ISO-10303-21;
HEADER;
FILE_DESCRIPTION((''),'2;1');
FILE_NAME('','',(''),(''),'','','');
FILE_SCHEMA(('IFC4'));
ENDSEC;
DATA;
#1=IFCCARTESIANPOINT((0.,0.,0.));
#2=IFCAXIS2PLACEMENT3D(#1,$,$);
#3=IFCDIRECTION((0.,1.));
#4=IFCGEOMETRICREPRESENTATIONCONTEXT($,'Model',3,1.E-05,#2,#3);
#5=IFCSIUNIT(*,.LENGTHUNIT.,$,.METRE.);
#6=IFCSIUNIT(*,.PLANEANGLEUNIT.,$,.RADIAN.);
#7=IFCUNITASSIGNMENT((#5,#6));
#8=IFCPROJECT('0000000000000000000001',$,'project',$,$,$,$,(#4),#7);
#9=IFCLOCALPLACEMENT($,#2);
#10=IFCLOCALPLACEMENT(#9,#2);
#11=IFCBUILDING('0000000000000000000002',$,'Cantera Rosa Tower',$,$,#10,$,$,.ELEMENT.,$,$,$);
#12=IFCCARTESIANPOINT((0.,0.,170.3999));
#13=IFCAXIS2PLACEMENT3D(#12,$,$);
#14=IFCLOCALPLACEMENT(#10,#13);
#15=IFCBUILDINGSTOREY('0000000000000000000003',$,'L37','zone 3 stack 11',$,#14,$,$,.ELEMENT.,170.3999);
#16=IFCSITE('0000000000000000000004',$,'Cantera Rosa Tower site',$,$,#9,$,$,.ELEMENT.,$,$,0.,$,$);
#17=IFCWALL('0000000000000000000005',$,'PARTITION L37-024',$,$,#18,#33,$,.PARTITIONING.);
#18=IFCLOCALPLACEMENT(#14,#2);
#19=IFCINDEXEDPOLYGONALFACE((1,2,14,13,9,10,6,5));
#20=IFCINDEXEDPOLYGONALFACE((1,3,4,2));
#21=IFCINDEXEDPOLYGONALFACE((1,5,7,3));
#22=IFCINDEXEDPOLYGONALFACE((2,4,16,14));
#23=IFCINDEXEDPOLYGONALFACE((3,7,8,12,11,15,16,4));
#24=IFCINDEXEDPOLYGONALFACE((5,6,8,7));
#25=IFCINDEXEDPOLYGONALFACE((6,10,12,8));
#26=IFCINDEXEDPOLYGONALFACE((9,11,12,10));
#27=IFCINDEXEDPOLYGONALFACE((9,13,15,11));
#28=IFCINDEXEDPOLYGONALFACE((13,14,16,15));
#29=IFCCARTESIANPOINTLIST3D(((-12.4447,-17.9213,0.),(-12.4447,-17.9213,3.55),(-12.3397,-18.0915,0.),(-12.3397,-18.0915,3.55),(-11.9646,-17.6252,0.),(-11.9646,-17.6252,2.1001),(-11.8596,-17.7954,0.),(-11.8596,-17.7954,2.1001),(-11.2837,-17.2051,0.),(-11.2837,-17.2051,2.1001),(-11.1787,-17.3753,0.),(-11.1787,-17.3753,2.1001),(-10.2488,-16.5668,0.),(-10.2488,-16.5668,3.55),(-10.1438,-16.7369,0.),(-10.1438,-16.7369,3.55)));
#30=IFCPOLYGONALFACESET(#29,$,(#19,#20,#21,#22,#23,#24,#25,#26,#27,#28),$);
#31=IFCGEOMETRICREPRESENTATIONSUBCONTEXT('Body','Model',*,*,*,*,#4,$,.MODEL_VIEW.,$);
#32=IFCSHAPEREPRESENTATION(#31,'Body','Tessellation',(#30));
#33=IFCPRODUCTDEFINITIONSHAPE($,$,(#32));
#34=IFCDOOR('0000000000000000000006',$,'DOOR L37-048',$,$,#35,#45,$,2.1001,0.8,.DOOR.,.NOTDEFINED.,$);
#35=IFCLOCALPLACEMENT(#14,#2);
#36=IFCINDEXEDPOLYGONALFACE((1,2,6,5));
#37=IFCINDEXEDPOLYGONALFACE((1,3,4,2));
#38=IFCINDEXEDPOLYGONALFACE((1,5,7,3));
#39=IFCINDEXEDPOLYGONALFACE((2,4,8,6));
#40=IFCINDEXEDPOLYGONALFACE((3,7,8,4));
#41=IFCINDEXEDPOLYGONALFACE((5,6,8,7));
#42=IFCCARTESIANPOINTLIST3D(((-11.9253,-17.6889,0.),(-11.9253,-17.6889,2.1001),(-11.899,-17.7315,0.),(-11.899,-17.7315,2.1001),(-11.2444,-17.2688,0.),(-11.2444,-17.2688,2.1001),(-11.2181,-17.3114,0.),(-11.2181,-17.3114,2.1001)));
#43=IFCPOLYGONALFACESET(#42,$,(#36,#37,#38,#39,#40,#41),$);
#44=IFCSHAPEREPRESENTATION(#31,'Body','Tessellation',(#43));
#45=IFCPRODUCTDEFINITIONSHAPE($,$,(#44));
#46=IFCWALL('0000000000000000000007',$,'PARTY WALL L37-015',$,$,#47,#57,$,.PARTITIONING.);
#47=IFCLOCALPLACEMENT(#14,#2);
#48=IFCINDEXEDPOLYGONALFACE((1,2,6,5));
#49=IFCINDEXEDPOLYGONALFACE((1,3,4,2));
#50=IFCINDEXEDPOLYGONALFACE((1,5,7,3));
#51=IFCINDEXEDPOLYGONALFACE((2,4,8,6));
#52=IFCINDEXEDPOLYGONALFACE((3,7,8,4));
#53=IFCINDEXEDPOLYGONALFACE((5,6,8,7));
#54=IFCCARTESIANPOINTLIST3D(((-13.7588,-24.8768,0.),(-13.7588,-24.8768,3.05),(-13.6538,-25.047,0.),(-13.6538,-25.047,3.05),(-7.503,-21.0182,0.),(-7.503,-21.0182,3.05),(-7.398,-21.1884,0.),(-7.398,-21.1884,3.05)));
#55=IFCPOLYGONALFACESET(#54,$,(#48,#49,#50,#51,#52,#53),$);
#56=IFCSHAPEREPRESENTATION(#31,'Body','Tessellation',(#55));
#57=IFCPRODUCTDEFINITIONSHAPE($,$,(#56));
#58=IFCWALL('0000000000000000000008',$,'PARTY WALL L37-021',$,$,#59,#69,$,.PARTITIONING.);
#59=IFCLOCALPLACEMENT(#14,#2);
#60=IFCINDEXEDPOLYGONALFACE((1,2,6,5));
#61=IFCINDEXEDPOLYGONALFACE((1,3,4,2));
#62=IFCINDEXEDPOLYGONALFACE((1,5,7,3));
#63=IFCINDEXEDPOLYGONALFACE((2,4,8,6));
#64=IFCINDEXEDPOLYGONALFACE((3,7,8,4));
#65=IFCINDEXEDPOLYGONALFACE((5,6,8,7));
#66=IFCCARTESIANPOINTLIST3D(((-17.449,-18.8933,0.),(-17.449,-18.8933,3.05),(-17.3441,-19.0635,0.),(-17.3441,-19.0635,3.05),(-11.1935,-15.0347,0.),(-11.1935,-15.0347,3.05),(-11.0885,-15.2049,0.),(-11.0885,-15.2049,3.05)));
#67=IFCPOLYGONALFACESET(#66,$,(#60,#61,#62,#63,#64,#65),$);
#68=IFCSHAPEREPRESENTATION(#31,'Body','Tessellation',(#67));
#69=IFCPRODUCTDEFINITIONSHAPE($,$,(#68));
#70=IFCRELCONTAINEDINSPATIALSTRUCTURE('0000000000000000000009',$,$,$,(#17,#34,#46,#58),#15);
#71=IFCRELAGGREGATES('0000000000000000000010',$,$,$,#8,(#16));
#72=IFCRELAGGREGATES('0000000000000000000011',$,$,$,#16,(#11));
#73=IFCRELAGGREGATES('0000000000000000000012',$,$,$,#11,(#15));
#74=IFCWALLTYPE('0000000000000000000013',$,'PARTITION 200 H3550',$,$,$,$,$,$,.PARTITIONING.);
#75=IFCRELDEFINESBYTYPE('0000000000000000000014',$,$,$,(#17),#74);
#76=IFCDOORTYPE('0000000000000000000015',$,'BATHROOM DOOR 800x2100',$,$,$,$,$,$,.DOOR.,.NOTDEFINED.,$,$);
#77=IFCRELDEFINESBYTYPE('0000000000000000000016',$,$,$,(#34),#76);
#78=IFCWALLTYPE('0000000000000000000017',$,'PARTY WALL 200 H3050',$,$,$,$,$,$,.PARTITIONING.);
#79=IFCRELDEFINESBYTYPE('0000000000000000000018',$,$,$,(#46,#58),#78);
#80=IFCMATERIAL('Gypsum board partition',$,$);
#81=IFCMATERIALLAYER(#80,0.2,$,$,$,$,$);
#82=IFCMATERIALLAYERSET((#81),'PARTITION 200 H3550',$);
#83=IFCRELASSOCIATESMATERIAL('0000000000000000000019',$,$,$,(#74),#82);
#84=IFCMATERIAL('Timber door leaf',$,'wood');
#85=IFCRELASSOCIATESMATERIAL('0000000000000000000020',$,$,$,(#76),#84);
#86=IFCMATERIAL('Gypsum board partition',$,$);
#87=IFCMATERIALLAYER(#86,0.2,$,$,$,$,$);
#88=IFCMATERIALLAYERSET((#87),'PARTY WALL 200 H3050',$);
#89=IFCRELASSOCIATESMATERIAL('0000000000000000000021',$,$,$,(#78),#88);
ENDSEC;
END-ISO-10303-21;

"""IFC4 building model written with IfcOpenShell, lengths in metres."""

from ifc_helpers import new_model, si_unit, direction, frame, frame_2d, origin, place, context, subcontext, project, spatial, rectangle, extrude, material, layer, layer_set, type_object, element, fill, save


model = new_model("IFC4")

# Units and contexts
model_context = context("Model", 3, precision=1e-05, world=origin(), true_north=direction((0.0, 1.0)))
body_context = subcontext(model_context, "Body", "Model", "MODEL_VIEW")
ifc_project = project(units=[si_unit("LENGTHUNIT", "METRE"), si_unit("PLANEANGLEUNIT", "RADIAN")], contexts=[model_context])

# Site, building, storey
site_placement = place(None, origin())
site = spatial("IfcSite", under=ifc_project, at=site_placement, Name="Cantera Rosa Tower site", CompositionType="ELEMENT", RefElevation=0.0)
building_placement = place(site_placement, origin())
building = spatial("IfcBuilding", under=site, at=building_placement, Name="Cantera Rosa Tower", CompositionType="ELEMENT")
storey_placement = place(building_placement, frame((0.0, 0.0, 170.3999)))
storey = spatial("IfcBuildingStorey", under=building, at=storey_placement, Name="L37", Description="zone 3 stack 11", CompositionType="ELEMENT", Elevation=170.3999)

# Shared definitions
ifc_material_1 = material(Name="Gypsum board partition")
ifc_layer_1 = layer(ifc_material_1, 0.2)
ifc_layer_set_1 = layer_set([ifc_layer_1], Name="PARTITION 200 H3550")
wall_type_1 = type_object("IfcWallType", Name="PARTITION 200 H3550", PredefinedType="PARTITIONING", material=ifc_layer_set_1)

# Wall, opening, door
wall_1_placement = place(storey_placement, frame((-10.1963, -16.6519, 0.0), z_axis=(0.0, 0.0, 1.0), x_axis=(-0.851099, -0.525005, 0.0)))
wall_1 = element("IfcWall", 1, at=wall_1_placement, inside=storey, type_object=wall_type_1, Name="PARTITION L37-024", PredefinedType="PARTITIONING", context=body_context, shape_type="SweptSolid", body=[
    extrude(rectangle(XDim=2.5801, YDim=0.2, at=frame_2d((1.29, 0.0))), origin(), (0.0, 0.0, 1.0), 3.55),
])
opening_1_placement = place(wall_1_placement, frame((1.2161, 0.0, 0.0)))
opening_1 = element("IfcOpeningElement", 2, at=opening_1_placement, cuts=wall_1, PredefinedType="OPENING", context=body_context, shape_type="SweptSolid", body=[
    extrude(rectangle(XDim=0.8, YDim=2.1001, at=frame_2d((0.3999, 1.05))), frame((0.0, 0.1099, 0.0), z_axis=(0.0, -1.0, 0.0), x_axis=(1.0, 0.0, 0.0)), (0.0, 0.0, 1.0), 0.22),
])
ifc_material_2 = material(Name="Timber door leaf", Category="wood")
door_type_1 = type_object("IfcDoorType", Name="BATHROOM DOOR 800x2100", OperationType="NOTDEFINED", PredefinedType="DOOR", material=ifc_material_2)
door_1_placement = place(opening_1_placement, origin())
door_1 = element("IfcDoor", 3, at=door_1_placement, inside=storey, type_object=door_type_1, Name="DOOR L37-048", OperationType="NOTDEFINED", OverallHeight=2.1001, OverallWidth=0.8, PredefinedType="DOOR", context=body_context, shape_type="SweptSolid", body=[
    extrude(rectangle(XDim=0.8, YDim=2.1001, at=frame_2d((0.3999, 1.05))), frame((0.0, 0.0249, 0.0), z_axis=(0.0, -1.0, 0.0), x_axis=(1.0, 0.0, 0.0)), (0.0, 0.0, 1.0), 0.05),
])
fill(opening_1, door_1)

# Walls
ifc_material_3 = material(Name="Gypsum board partition")
ifc_layer_2 = layer(ifc_material_3, 0.2)
ifc_layer_set_2 = layer_set([ifc_layer_2], Name="PARTY WALL 200 H3050")
wall_type_2 = type_object("IfcWallType", Name="PARTY WALL 200 H3050", PredefinedType="PARTITIONING", material=ifc_layer_set_2)
wall_2_placement = place(storey_placement, frame((-13.7063, -24.9619, 0.0), z_axis=(0.0, 0.0, 1.0), x_axis=(0.851118, 0.524974, 0.0)))
element("IfcWall", 4, at=wall_2_placement, inside=storey, type_object=wall_type_2, Name="PARTY WALL L37-015", PredefinedType="PARTITIONING", context=body_context, shape_type="SweptSolid", body=[
    extrude(rectangle(XDim=7.3501, YDim=0.2, at=frame_2d((3.675, 0.0))), origin(), (0.0, 0.0, 1.0), 3.05),
])
wall_3_placement = place(storey_placement, frame((-11.1411, -15.1199, 0.0), z_axis=(0.0, 0.0, 1.0), x_axis=(-0.851109, -0.524989, 0.0)))
element("IfcWall", 5, at=wall_3_placement, inside=storey, type_object=wall_type_2, Name="PARTY WALL L37-021", PredefinedType="PARTITIONING", context=body_context, shape_type="SweptSolid", body=[
    extrude(rectangle(XDim=7.3499, YDim=0.2, at=frame_2d((3.6748, 0.0))), origin(), (0.0, 0.0, 1.0), 3.05),
])

save(model, "model.ifc")
